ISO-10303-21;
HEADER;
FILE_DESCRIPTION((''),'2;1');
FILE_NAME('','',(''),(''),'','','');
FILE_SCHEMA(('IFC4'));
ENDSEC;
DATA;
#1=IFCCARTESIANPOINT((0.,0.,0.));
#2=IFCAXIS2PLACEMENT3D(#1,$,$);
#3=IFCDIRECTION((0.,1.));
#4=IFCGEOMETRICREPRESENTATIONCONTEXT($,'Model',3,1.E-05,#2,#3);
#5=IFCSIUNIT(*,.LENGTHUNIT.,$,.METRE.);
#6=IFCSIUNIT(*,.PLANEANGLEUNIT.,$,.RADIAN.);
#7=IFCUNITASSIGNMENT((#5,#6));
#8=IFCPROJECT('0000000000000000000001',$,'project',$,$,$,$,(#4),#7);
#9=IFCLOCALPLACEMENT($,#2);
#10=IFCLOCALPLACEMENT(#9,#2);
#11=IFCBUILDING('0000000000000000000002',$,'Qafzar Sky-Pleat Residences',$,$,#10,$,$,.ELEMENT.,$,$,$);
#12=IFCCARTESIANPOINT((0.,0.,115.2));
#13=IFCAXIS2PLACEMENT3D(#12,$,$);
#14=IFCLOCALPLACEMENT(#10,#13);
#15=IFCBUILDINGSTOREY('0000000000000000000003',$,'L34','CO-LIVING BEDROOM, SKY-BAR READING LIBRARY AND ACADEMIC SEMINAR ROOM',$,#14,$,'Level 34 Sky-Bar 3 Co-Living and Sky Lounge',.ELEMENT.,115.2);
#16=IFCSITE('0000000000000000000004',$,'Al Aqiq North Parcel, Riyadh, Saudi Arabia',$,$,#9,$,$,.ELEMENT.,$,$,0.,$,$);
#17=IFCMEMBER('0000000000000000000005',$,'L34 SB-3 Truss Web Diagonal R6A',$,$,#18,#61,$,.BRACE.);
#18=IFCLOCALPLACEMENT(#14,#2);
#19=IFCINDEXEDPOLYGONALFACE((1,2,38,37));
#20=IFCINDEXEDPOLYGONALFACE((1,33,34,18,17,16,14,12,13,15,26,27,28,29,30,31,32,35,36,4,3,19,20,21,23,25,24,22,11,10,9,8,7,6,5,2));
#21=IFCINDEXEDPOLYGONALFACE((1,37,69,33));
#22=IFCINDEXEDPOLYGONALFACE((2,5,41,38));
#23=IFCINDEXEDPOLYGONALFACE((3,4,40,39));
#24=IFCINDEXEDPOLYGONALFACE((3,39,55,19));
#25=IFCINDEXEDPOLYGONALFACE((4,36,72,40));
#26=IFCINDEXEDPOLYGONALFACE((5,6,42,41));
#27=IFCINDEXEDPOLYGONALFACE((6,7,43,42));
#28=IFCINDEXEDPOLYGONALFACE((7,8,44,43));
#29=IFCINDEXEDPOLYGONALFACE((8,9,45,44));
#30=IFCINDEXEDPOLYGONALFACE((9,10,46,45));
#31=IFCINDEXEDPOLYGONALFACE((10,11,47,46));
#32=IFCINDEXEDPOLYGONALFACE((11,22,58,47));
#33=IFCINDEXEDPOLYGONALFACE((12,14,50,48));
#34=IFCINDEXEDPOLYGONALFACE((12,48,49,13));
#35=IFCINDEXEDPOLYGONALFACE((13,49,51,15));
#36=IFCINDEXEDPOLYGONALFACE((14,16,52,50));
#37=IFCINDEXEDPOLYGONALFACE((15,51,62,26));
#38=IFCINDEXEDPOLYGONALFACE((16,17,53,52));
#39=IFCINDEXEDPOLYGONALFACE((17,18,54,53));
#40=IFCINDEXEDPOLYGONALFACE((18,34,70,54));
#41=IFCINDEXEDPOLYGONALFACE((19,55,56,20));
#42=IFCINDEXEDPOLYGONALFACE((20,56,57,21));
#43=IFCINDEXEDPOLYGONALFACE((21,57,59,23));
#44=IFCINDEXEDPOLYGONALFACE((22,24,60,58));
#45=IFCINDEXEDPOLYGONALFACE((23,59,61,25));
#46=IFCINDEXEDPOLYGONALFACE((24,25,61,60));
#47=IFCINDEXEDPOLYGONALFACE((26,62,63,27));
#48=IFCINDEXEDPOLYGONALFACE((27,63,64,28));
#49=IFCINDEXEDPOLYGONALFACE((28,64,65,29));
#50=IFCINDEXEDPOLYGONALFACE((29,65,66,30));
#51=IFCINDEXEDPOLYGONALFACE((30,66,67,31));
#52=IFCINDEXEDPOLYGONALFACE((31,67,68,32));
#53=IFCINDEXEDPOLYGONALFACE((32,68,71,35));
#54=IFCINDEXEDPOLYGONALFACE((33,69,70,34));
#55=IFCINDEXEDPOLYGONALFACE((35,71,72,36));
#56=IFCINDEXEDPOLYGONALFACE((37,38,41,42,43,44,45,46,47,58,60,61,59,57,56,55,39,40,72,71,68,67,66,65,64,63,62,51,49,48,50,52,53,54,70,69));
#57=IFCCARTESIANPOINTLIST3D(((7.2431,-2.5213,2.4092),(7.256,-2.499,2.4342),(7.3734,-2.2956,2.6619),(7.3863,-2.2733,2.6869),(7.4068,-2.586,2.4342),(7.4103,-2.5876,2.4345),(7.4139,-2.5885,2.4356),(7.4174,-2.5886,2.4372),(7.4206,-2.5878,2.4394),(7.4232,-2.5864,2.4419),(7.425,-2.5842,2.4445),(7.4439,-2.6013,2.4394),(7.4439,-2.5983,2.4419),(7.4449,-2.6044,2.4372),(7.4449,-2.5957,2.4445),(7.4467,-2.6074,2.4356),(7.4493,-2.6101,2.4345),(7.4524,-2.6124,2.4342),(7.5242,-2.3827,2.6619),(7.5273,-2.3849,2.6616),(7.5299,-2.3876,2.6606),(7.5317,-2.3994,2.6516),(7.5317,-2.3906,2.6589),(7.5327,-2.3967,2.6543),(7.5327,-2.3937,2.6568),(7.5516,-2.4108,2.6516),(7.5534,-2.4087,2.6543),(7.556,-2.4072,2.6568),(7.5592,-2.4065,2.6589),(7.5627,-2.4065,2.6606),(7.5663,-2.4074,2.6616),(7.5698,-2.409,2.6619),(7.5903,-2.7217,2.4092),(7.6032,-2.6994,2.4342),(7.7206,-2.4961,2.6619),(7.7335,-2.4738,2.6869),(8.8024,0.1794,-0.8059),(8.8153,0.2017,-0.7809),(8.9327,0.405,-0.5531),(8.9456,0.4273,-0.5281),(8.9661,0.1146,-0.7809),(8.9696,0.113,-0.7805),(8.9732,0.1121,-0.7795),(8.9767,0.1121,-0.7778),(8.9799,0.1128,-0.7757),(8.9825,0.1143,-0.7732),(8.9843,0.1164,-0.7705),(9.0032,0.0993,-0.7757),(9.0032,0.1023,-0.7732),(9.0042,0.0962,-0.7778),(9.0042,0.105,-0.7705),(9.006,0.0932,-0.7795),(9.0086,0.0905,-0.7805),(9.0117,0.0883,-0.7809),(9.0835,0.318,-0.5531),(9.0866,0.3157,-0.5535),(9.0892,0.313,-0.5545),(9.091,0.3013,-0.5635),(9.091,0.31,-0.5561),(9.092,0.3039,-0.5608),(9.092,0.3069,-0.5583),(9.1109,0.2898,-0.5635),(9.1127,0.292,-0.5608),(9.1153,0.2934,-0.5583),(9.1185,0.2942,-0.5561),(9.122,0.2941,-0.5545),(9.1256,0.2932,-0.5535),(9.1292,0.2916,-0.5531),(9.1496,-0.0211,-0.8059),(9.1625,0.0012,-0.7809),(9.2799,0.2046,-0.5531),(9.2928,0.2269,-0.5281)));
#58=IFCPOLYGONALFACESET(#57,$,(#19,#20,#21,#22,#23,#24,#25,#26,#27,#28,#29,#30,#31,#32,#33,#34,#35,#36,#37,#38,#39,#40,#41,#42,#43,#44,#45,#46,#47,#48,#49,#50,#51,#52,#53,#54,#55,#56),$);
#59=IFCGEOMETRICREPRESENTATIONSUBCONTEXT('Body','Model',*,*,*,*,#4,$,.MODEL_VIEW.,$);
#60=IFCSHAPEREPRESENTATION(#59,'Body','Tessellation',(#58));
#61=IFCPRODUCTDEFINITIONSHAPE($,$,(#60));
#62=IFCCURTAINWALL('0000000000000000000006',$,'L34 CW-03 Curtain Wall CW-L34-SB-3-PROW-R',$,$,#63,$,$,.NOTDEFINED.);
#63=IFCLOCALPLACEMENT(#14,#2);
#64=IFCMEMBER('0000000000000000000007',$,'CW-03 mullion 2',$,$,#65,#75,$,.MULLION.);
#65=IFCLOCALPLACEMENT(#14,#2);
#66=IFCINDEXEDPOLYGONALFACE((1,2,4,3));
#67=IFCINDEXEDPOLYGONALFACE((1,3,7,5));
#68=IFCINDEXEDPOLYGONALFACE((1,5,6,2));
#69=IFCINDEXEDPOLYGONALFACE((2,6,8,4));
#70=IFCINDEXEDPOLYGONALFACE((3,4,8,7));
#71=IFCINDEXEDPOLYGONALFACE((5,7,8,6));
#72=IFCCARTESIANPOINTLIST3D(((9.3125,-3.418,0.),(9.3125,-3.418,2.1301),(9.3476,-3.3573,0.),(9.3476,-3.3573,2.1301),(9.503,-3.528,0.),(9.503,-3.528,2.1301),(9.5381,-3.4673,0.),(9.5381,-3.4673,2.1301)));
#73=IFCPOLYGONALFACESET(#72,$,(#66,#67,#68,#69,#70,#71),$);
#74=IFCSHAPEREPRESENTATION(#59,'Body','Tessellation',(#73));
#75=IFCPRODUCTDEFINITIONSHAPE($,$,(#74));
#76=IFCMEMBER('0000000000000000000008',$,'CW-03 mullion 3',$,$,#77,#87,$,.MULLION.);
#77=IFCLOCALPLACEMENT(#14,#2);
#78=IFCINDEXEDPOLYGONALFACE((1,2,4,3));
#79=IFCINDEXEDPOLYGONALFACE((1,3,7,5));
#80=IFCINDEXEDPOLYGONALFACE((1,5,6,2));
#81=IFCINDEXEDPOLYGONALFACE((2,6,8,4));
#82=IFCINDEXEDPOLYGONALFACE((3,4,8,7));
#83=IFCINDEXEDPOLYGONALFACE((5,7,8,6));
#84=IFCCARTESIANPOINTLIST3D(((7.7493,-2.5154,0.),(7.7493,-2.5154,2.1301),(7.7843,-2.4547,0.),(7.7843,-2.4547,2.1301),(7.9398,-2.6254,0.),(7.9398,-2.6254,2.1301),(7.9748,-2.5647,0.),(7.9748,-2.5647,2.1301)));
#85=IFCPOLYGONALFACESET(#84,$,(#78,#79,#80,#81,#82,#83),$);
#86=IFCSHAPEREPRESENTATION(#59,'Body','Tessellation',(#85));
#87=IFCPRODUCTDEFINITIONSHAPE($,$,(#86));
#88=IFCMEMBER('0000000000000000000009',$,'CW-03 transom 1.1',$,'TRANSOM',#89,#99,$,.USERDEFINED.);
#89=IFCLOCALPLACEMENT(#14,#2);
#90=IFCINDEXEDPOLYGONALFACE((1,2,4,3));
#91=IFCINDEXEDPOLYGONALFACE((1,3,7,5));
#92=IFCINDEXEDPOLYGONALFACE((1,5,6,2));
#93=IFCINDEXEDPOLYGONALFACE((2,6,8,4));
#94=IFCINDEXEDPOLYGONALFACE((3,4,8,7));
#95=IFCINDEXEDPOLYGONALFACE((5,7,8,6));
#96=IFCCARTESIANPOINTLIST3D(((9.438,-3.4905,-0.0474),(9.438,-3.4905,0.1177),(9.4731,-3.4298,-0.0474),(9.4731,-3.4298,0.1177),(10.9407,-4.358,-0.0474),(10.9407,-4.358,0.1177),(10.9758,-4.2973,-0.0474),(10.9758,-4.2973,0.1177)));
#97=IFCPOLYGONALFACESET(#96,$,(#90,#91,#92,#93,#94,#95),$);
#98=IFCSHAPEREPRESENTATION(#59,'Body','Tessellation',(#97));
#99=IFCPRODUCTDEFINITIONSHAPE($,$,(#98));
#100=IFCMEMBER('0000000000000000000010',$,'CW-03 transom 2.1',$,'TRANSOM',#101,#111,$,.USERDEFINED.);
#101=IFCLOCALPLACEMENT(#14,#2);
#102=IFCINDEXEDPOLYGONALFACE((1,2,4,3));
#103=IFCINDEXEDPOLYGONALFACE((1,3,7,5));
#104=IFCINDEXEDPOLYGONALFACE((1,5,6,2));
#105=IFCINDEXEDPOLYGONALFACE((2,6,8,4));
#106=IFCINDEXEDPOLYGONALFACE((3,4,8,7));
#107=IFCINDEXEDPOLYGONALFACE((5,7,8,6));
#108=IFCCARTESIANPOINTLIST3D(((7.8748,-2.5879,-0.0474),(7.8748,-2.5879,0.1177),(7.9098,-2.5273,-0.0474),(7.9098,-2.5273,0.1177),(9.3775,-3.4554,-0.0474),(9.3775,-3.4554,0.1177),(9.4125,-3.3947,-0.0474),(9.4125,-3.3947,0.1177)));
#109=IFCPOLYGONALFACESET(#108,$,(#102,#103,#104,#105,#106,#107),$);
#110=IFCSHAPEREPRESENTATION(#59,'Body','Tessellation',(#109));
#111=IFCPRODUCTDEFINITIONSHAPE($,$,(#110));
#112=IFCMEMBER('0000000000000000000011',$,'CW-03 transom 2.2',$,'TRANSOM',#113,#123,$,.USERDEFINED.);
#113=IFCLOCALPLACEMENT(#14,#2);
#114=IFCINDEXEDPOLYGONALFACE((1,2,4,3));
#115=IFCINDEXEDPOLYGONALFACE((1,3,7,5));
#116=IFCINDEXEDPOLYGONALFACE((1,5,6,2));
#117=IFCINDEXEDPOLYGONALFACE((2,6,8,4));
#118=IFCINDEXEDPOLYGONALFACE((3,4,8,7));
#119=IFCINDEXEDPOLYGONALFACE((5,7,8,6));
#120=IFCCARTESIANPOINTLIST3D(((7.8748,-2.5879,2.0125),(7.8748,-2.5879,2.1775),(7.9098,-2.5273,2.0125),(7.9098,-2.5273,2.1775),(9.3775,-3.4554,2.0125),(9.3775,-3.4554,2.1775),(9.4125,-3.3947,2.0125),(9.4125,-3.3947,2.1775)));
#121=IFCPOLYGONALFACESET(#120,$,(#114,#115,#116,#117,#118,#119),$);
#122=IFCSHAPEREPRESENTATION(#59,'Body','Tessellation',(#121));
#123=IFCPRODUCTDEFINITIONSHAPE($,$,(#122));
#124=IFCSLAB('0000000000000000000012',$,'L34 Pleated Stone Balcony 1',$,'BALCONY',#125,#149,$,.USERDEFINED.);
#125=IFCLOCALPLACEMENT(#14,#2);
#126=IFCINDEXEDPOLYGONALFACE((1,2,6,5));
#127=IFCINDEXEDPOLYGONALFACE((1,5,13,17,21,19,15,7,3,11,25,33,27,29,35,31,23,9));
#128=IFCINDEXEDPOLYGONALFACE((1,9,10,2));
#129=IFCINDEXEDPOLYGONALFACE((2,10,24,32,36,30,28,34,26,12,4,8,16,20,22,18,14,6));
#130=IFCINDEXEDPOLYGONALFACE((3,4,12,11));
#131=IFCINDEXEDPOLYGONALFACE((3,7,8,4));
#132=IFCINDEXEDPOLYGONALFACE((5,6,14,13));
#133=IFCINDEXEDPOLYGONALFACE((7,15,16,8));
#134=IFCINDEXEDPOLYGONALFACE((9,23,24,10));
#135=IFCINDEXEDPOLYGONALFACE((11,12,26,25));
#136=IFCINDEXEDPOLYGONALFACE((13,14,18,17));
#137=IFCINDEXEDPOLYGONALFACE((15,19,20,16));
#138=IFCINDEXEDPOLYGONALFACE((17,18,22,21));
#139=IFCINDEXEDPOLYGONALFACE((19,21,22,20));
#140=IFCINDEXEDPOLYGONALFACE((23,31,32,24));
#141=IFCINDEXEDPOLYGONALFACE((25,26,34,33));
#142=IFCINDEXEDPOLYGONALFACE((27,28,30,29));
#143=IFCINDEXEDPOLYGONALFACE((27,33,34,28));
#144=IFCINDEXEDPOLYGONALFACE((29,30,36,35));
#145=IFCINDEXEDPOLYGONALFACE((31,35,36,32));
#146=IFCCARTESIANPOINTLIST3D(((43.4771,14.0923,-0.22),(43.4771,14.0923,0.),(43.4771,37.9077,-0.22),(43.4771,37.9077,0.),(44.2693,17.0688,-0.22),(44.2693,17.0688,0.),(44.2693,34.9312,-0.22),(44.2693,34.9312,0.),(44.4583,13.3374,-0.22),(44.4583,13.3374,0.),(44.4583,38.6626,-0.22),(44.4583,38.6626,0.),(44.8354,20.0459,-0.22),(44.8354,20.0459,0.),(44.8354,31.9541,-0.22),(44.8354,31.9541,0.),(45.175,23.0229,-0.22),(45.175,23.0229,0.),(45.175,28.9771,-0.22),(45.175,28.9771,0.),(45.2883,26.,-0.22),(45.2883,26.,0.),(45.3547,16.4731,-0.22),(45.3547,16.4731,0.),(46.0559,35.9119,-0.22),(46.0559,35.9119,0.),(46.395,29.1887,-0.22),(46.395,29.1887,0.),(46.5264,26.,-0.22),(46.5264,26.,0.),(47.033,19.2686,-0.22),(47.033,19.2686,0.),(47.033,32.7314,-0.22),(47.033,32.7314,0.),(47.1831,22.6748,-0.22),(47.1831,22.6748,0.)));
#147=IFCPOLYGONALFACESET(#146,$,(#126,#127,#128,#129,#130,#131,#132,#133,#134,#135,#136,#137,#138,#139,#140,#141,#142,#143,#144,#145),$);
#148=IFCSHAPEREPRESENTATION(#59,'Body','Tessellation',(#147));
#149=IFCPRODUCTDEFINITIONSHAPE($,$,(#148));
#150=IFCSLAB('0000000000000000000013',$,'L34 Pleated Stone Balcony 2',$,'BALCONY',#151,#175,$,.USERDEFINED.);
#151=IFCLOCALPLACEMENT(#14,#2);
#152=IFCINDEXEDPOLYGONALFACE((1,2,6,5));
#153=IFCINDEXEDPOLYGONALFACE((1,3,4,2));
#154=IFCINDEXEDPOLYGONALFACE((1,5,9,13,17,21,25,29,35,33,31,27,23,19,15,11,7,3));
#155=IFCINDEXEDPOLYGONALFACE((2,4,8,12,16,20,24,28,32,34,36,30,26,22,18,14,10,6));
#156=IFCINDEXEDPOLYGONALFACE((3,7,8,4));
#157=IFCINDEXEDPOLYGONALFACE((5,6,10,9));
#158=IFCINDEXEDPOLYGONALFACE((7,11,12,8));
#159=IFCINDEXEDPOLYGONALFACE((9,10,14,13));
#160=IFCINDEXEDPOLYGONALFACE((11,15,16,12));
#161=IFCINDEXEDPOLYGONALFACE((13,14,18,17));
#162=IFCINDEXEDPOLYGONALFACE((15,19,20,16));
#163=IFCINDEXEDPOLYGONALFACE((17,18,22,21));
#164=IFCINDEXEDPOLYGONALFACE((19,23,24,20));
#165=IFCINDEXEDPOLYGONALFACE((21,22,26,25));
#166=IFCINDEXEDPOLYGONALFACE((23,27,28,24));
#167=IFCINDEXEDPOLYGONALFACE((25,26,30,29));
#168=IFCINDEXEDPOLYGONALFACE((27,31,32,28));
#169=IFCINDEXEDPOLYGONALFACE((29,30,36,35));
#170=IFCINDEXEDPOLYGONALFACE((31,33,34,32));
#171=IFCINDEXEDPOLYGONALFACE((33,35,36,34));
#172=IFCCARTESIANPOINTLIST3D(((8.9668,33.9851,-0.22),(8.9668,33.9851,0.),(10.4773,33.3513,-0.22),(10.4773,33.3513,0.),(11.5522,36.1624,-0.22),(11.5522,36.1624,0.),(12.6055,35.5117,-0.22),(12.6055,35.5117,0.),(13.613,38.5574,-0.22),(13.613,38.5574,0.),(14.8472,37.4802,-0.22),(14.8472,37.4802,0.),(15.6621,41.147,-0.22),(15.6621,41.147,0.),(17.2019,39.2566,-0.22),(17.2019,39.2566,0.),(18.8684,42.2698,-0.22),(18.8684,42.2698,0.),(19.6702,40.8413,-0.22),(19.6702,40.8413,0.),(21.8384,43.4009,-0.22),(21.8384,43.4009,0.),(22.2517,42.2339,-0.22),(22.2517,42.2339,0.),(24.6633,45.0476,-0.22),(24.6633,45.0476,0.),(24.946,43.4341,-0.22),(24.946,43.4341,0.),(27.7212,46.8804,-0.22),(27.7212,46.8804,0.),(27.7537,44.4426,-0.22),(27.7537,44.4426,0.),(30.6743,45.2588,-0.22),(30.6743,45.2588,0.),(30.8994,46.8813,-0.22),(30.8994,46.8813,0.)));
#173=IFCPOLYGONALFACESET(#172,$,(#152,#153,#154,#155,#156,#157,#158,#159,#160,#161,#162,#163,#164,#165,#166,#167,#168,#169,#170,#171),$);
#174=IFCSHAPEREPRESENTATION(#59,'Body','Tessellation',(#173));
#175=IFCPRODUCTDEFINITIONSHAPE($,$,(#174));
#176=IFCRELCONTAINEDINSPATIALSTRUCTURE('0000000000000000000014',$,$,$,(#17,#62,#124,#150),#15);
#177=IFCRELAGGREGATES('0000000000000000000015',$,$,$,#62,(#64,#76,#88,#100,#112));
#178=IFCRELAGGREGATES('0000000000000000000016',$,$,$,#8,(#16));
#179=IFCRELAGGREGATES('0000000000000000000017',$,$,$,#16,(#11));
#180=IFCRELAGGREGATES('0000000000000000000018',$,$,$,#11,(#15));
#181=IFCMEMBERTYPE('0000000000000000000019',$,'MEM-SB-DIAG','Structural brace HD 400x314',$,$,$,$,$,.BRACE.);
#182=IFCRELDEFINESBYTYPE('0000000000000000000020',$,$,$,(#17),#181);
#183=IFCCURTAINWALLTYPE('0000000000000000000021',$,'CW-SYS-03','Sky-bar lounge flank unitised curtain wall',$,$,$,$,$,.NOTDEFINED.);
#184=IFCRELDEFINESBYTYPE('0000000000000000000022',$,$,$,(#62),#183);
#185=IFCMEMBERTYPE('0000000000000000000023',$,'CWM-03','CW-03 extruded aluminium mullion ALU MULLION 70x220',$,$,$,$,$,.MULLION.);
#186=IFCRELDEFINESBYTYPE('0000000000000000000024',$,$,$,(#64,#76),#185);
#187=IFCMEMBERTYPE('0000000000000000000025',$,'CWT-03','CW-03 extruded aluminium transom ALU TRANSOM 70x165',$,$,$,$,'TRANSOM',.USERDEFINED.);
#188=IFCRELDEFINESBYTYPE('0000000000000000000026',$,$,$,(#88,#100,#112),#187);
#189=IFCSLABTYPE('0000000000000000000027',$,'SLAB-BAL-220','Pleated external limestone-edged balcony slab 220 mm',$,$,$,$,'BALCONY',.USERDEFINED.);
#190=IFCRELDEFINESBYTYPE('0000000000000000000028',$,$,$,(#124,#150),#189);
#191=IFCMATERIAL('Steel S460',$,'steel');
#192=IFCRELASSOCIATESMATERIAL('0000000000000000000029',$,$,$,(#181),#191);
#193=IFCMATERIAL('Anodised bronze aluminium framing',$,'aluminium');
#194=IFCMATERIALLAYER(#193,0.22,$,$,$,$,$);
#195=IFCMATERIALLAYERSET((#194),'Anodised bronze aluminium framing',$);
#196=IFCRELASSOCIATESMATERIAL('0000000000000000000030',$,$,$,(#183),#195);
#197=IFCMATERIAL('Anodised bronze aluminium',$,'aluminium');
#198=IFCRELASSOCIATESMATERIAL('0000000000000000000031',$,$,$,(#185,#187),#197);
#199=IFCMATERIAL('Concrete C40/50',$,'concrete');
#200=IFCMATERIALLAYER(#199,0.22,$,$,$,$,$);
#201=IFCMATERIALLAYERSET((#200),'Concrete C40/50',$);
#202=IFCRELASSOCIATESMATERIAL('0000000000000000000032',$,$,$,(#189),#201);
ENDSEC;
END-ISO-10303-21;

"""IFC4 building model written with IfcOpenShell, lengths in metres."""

from ifc_helpers import new_model, si_unit, direction, frame, origin, origin_2d, place, context, subcontext, project, spatial, polyline, rectangle, i_section, outline, extrude, source, transform, mapped, material, layer, layer_set, material_profile, profile_set, type_object, element, aggregate, save


model = new_model("IFC4")

# Units and contexts
model_context = context("Model", 3, precision=1e-05, world=origin(), true_north=direction((0.0, 1.0)))
body_context = subcontext(model_context, "Body", "Model", "MODEL_VIEW")
ifc_project = project(units=[si_unit("LENGTHUNIT", "METRE"), si_unit("PLANEANGLEUNIT", "RADIAN")], contexts=[model_context])

# Site, building, storey
site_placement = place(None, origin())
site = spatial("IfcSite", under=ifc_project, at=site_placement, Name="Al Aqiq North Parcel, Riyadh, Saudi Arabia", CompositionType="ELEMENT", RefElevation=0.0)
building_placement = place(site_placement, origin())
building = spatial("IfcBuilding", under=site, at=building_placement, Name="Qafzar Sky-Pleat Residences", CompositionType="ELEMENT")
storey_placement = place(building_placement, frame((0.0, 0.0, 115.2)))
storey = spatial("IfcBuildingStorey", under=building, at=storey_placement, Name="L34", Description="CO-LIVING BEDROOM, SKY-BAR READING LIBRARY AND ACADEMIC SEMINAR ROOM", LongName="Level 34 Sky-Bar 3 Co-Living and Sky Lounge", CompositionType="ELEMENT", Elevation=115.2)

# Member
ifc_material_1 = material(Name="Steel S460", Category="steel")
ifc_material_profile_1 = material_profile(ifc_material_1, i_section(OverallWidth=0.4009, OverallDepth=0.3989, WebThickness=0.0229, FlangeThickness=0.0359, FilletRadius=0.0149, at=origin_2d()), Name="HD 400x314")
ifc_profile_set_1 = profile_set([ifc_material_profile_1], Name="Steel S460")
member_type_1 = type_object("IfcMemberType", Name="MEM-SB-DIAG", Description="Structural brace HD 400x314", PredefinedType="BRACE", material=ifc_profile_set_1)
shared_shape_1 = source(origin(), body_context, "Body", "SweptSolid", [
    extrude(i_section(OverallWidth=0.4009, OverallDepth=0.3989, WebThickness=0.0229, FlangeThickness=0.0359, FilletRadius=0.0149, at=origin_2d()), origin(), (0.0, 0.0, 1.0), 4.479),
])
member_1_placement = place(storey_placement, frame((9.0476, 0.2031, -0.667), z_axis=(-0.348137, -0.602958, 0.717804), x_axis=(0.866013, -0.500021, 0.0)))
element("IfcMember", 1, at=member_1_placement, inside=storey, type_object=member_type_1, Name="L34 SB-3 Truss Web Diagonal R6A", PredefinedType="BRACE", context=body_context, shape_type="MappedRepresentation", body=[
    mapped(shared_shape_1, transform((0.0, 0.0, 0.0), x_axis=(1.0, 0.0, 0.0), y_axis=(0.0, 1.0, 0.0), z_axis=(0.0, 0.0, 1.0), scale=1.0)),
])

# Curtain wall, members
ifc_material_2 = material(Name="Anodised bronze aluminium framing", Category="aluminium")
ifc_layer_1 = layer(ifc_material_2, 0.22)
ifc_layer_set_1 = layer_set([ifc_layer_1], Name="Anodised bronze aluminium framing")
curtain_wall_type = type_object("IfcCurtainWallType", Name="CW-SYS-03", Description="Sky-bar lounge flank unitised curtain wall", PredefinedType="NOTDEFINED", material=ifc_layer_set_1)
curtain_wall_placement = place(storey_placement, origin())
curtain_wall = element("IfcCurtainWall", 2, at=curtain_wall_placement, inside=storey, type_object=curtain_wall_type, Name="L34 CW-03 Curtain Wall CW-L34-SB-3-PROW-R", PredefinedType="NOTDEFINED")
ifc_material_3 = material(Name="Anodised bronze aluminium", Category="aluminium")
ifc_material_profile_2 = material_profile(ifc_material_3, rectangle(XDim=0.0701, YDim=0.22, at=origin_2d()), Name="ALU MULLION 70x220")
ifc_profile_set_2 = profile_set([ifc_material_profile_2], Name="Anodised bronze aluminium")
member_type_2 = type_object("IfcMemberType", Name="CWM-03", Description="CW-03 extruded aluminium mullion ALU MULLION 70x220", PredefinedType="MULLION", material=ifc_profile_set_2)
shared_shape_2 = source(origin(), body_context, "Body", "SweptSolid", [
    extrude(rectangle(XDim=0.0701, YDim=0.22, at=origin_2d()), origin(), (0.0, 0.0, 1.0), 2.1301),
])
member_2_placement = place(storey_placement, frame((9.4253, -3.4426, 0.0), z_axis=(0.0, 0.0, 1.0), x_axis=(-0.499997, -0.866027, 0.0)))
member_2 = element("IfcMember", 3, at=member_2_placement, type_object=member_type_2, Name="CW-03 mullion 2", PredefinedType="MULLION", context=body_context, shape_type="MappedRepresentation", body=[
    mapped(shared_shape_2, transform((0.0, 0.0, 0.0), x_axis=(1.0, 0.0, 0.0), y_axis=(0.0, 1.0, 0.0), z_axis=(0.0, 0.0, 1.0), scale=1.0)),
])
member_3_placement = place(storey_placement, frame((7.8621, -2.54, 0.0), z_axis=(0.0, 0.0, 1.0), x_axis=(-0.499997, -0.866027, 0.0)))
member_3 = element("IfcMember", 4, at=member_3_placement, type_object=member_type_2, Name="CW-03 mullion 3", PredefinedType="MULLION", context=body_context, shape_type="MappedRepresentation", body=[
    mapped(shared_shape_2, transform((0.0, 0.0, 0.0), x_axis=(1.0, 0.0, 0.0), y_axis=(0.0, 1.0, 0.0), z_axis=(0.0, 0.0, 1.0), scale=1.0)),
])
ifc_material_profile_3 = material_profile(ifc_material_3, rectangle(XDim=0.0701, YDim=0.165, at=origin_2d()), Name="ALU TRANSOM 70x165")
ifc_profile_set_3 = profile_set([ifc_material_profile_3], Name="Anodised bronze aluminium")
member_type_3 = type_object("IfcMemberType", Name="CWT-03", Description="CW-03 extruded aluminium transom ALU TRANSOM 70x165", ElementType="TRANSOM", PredefinedType="USERDEFINED", material=ifc_profile_set_3)
shared_shape_3 = source(origin(), body_context, "Body", "SweptSolid", [
    extrude(rectangle(XDim=0.0701, YDim=0.165, at=origin_2d()), origin(), (0.0, 0.0, 1.0), 1.7351),
])
member_4_placement = place(storey_placement, frame((10.9583, -4.3276, 0.0352), z_axis=(-0.866061, 0.499938, 0.0), x_axis=(-0.499938, -0.866061, 0.0)))
member_4 = element("IfcMember", 5, at=member_4_placement, type_object=member_type_3, Name="CW-03 transom 1.1", ObjectType="TRANSOM", PredefinedType="USERDEFINED", context=body_context, shape_type="MappedRepresentation", body=[
    mapped(shared_shape_3, transform((0.0, 0.0, 0.0), x_axis=(1.0, 0.0, 0.0), y_axis=(0.0, 1.0, 0.0), z_axis=(0.0, 0.0, 1.0), scale=1.0)),
])
member_5_placement = place(storey_placement, frame((9.395, -3.425, 0.0352), z_axis=(-0.866061, 0.499938, 0.0), x_axis=(-0.499938, -0.866061, 0.0)))
member_5 = element("IfcMember", 6, at=member_5_placement, type_object=member_type_3, Name="CW-03 transom 2.1", ObjectType="TRANSOM", PredefinedType="USERDEFINED", context=body_context, shape_type="MappedRepresentation", body=[
    mapped(shared_shape_3, transform((0.0, 0.0, 0.0), x_axis=(1.0, 0.0, 0.0), y_axis=(0.0, 1.0, 0.0), z_axis=(0.0, 0.0, 1.0), scale=1.0)),
])
member_6_placement = place(storey_placement, frame((9.395, -3.425, 2.095), z_axis=(-0.866061, 0.499938, 0.0), x_axis=(-0.499938, -0.866061, 0.0)))
member_6 = element("IfcMember", 7, at=member_6_placement, type_object=member_type_3, Name="CW-03 transom 2.2", ObjectType="TRANSOM", PredefinedType="USERDEFINED", context=body_context, shape_type="MappedRepresentation", body=[
    mapped(shared_shape_3, transform((0.0, 0.0, 0.0), x_axis=(1.0, 0.0, 0.0), y_axis=(0.0, 1.0, 0.0), z_axis=(0.0, 0.0, 1.0), scale=1.0)),
])

# Slabs
ifc_material_4 = material(Name="Concrete C40/50", Category="concrete")
ifc_layer_2 = layer(ifc_material_4, 0.22)
ifc_layer_set_2 = layer_set([ifc_layer_2], Name="Concrete C40/50")
slab_type_1 = type_object("IfcSlabType", Name="SLAB-BAL-220", Description="Pleated external limestone-edged balcony slab 220 mm", ElementType="BALCONY", PredefinedType="USERDEFINED", material=ifc_layer_set_2)
slab_1_placement = place(storey_placement, frame((0.0, 0.0, -0.22)))
element("IfcSlab", 8, at=slab_1_placement, inside=storey, type_object=slab_type_1, Name="L34 Pleated Stone Balcony 1", ObjectType="BALCONY", PredefinedType="USERDEFINED", context=body_context, shape_type="SweptSolid", body=[
    extrude(outline(polyline([(44.2693, 17.0688), (44.8354, 20.0459), (45.175, 23.0229), (45.2883, 26.0), (45.175, 28.9771), (44.8354, 31.9541), (44.2693, 34.9312), (43.4771, 37.9077), (44.4583, 38.6626), (46.0559, 35.9119), (47.033, 32.7314), (46.395, 29.1887), (46.5264, 26.0), (47.1831, 22.6748), (47.033, 19.2686), (45.3547, 16.4731), (44.4583, 13.3374), (43.4771, 14.0923), (44.2693, 17.0688)])), origin(), (0.0, 0.0, 1.0), 0.22),
])
slab_2_placement = place(storey_placement, frame((0.0, 0.0, -0.22)))
element("IfcSlab", 9, at=slab_2_placement, inside=storey, type_object=slab_type_1, Name="L34 Pleated Stone Balcony 2", ObjectType="BALCONY", PredefinedType="USERDEFINED", context=body_context, shape_type="SweptSolid", body=[
    extrude(outline(polyline([(27.7537, 44.4426), (24.946, 43.4341), (22.2517, 42.2339), (19.6702, 40.8413), (17.2019, 39.2566), (14.8472, 37.4802), (12.6055, 35.5117), (10.4773, 33.3513), (8.9668, 33.9851), (11.5522, 36.1624), (13.613, 38.5574), (15.6621, 41.147), (18.8684, 42.2698), (21.8384, 43.4009), (24.6633, 45.0476), (27.7212, 46.8804), (30.8994, 46.8813), (30.6743, 45.2588), (27.7537, 44.4426)])), origin(), (0.0, 0.0, 1.0), 0.22),
])

aggregate(curtain_wall, [member_2, member_3, member_4, member_5, member_6])

save(model, "model.ifc")
